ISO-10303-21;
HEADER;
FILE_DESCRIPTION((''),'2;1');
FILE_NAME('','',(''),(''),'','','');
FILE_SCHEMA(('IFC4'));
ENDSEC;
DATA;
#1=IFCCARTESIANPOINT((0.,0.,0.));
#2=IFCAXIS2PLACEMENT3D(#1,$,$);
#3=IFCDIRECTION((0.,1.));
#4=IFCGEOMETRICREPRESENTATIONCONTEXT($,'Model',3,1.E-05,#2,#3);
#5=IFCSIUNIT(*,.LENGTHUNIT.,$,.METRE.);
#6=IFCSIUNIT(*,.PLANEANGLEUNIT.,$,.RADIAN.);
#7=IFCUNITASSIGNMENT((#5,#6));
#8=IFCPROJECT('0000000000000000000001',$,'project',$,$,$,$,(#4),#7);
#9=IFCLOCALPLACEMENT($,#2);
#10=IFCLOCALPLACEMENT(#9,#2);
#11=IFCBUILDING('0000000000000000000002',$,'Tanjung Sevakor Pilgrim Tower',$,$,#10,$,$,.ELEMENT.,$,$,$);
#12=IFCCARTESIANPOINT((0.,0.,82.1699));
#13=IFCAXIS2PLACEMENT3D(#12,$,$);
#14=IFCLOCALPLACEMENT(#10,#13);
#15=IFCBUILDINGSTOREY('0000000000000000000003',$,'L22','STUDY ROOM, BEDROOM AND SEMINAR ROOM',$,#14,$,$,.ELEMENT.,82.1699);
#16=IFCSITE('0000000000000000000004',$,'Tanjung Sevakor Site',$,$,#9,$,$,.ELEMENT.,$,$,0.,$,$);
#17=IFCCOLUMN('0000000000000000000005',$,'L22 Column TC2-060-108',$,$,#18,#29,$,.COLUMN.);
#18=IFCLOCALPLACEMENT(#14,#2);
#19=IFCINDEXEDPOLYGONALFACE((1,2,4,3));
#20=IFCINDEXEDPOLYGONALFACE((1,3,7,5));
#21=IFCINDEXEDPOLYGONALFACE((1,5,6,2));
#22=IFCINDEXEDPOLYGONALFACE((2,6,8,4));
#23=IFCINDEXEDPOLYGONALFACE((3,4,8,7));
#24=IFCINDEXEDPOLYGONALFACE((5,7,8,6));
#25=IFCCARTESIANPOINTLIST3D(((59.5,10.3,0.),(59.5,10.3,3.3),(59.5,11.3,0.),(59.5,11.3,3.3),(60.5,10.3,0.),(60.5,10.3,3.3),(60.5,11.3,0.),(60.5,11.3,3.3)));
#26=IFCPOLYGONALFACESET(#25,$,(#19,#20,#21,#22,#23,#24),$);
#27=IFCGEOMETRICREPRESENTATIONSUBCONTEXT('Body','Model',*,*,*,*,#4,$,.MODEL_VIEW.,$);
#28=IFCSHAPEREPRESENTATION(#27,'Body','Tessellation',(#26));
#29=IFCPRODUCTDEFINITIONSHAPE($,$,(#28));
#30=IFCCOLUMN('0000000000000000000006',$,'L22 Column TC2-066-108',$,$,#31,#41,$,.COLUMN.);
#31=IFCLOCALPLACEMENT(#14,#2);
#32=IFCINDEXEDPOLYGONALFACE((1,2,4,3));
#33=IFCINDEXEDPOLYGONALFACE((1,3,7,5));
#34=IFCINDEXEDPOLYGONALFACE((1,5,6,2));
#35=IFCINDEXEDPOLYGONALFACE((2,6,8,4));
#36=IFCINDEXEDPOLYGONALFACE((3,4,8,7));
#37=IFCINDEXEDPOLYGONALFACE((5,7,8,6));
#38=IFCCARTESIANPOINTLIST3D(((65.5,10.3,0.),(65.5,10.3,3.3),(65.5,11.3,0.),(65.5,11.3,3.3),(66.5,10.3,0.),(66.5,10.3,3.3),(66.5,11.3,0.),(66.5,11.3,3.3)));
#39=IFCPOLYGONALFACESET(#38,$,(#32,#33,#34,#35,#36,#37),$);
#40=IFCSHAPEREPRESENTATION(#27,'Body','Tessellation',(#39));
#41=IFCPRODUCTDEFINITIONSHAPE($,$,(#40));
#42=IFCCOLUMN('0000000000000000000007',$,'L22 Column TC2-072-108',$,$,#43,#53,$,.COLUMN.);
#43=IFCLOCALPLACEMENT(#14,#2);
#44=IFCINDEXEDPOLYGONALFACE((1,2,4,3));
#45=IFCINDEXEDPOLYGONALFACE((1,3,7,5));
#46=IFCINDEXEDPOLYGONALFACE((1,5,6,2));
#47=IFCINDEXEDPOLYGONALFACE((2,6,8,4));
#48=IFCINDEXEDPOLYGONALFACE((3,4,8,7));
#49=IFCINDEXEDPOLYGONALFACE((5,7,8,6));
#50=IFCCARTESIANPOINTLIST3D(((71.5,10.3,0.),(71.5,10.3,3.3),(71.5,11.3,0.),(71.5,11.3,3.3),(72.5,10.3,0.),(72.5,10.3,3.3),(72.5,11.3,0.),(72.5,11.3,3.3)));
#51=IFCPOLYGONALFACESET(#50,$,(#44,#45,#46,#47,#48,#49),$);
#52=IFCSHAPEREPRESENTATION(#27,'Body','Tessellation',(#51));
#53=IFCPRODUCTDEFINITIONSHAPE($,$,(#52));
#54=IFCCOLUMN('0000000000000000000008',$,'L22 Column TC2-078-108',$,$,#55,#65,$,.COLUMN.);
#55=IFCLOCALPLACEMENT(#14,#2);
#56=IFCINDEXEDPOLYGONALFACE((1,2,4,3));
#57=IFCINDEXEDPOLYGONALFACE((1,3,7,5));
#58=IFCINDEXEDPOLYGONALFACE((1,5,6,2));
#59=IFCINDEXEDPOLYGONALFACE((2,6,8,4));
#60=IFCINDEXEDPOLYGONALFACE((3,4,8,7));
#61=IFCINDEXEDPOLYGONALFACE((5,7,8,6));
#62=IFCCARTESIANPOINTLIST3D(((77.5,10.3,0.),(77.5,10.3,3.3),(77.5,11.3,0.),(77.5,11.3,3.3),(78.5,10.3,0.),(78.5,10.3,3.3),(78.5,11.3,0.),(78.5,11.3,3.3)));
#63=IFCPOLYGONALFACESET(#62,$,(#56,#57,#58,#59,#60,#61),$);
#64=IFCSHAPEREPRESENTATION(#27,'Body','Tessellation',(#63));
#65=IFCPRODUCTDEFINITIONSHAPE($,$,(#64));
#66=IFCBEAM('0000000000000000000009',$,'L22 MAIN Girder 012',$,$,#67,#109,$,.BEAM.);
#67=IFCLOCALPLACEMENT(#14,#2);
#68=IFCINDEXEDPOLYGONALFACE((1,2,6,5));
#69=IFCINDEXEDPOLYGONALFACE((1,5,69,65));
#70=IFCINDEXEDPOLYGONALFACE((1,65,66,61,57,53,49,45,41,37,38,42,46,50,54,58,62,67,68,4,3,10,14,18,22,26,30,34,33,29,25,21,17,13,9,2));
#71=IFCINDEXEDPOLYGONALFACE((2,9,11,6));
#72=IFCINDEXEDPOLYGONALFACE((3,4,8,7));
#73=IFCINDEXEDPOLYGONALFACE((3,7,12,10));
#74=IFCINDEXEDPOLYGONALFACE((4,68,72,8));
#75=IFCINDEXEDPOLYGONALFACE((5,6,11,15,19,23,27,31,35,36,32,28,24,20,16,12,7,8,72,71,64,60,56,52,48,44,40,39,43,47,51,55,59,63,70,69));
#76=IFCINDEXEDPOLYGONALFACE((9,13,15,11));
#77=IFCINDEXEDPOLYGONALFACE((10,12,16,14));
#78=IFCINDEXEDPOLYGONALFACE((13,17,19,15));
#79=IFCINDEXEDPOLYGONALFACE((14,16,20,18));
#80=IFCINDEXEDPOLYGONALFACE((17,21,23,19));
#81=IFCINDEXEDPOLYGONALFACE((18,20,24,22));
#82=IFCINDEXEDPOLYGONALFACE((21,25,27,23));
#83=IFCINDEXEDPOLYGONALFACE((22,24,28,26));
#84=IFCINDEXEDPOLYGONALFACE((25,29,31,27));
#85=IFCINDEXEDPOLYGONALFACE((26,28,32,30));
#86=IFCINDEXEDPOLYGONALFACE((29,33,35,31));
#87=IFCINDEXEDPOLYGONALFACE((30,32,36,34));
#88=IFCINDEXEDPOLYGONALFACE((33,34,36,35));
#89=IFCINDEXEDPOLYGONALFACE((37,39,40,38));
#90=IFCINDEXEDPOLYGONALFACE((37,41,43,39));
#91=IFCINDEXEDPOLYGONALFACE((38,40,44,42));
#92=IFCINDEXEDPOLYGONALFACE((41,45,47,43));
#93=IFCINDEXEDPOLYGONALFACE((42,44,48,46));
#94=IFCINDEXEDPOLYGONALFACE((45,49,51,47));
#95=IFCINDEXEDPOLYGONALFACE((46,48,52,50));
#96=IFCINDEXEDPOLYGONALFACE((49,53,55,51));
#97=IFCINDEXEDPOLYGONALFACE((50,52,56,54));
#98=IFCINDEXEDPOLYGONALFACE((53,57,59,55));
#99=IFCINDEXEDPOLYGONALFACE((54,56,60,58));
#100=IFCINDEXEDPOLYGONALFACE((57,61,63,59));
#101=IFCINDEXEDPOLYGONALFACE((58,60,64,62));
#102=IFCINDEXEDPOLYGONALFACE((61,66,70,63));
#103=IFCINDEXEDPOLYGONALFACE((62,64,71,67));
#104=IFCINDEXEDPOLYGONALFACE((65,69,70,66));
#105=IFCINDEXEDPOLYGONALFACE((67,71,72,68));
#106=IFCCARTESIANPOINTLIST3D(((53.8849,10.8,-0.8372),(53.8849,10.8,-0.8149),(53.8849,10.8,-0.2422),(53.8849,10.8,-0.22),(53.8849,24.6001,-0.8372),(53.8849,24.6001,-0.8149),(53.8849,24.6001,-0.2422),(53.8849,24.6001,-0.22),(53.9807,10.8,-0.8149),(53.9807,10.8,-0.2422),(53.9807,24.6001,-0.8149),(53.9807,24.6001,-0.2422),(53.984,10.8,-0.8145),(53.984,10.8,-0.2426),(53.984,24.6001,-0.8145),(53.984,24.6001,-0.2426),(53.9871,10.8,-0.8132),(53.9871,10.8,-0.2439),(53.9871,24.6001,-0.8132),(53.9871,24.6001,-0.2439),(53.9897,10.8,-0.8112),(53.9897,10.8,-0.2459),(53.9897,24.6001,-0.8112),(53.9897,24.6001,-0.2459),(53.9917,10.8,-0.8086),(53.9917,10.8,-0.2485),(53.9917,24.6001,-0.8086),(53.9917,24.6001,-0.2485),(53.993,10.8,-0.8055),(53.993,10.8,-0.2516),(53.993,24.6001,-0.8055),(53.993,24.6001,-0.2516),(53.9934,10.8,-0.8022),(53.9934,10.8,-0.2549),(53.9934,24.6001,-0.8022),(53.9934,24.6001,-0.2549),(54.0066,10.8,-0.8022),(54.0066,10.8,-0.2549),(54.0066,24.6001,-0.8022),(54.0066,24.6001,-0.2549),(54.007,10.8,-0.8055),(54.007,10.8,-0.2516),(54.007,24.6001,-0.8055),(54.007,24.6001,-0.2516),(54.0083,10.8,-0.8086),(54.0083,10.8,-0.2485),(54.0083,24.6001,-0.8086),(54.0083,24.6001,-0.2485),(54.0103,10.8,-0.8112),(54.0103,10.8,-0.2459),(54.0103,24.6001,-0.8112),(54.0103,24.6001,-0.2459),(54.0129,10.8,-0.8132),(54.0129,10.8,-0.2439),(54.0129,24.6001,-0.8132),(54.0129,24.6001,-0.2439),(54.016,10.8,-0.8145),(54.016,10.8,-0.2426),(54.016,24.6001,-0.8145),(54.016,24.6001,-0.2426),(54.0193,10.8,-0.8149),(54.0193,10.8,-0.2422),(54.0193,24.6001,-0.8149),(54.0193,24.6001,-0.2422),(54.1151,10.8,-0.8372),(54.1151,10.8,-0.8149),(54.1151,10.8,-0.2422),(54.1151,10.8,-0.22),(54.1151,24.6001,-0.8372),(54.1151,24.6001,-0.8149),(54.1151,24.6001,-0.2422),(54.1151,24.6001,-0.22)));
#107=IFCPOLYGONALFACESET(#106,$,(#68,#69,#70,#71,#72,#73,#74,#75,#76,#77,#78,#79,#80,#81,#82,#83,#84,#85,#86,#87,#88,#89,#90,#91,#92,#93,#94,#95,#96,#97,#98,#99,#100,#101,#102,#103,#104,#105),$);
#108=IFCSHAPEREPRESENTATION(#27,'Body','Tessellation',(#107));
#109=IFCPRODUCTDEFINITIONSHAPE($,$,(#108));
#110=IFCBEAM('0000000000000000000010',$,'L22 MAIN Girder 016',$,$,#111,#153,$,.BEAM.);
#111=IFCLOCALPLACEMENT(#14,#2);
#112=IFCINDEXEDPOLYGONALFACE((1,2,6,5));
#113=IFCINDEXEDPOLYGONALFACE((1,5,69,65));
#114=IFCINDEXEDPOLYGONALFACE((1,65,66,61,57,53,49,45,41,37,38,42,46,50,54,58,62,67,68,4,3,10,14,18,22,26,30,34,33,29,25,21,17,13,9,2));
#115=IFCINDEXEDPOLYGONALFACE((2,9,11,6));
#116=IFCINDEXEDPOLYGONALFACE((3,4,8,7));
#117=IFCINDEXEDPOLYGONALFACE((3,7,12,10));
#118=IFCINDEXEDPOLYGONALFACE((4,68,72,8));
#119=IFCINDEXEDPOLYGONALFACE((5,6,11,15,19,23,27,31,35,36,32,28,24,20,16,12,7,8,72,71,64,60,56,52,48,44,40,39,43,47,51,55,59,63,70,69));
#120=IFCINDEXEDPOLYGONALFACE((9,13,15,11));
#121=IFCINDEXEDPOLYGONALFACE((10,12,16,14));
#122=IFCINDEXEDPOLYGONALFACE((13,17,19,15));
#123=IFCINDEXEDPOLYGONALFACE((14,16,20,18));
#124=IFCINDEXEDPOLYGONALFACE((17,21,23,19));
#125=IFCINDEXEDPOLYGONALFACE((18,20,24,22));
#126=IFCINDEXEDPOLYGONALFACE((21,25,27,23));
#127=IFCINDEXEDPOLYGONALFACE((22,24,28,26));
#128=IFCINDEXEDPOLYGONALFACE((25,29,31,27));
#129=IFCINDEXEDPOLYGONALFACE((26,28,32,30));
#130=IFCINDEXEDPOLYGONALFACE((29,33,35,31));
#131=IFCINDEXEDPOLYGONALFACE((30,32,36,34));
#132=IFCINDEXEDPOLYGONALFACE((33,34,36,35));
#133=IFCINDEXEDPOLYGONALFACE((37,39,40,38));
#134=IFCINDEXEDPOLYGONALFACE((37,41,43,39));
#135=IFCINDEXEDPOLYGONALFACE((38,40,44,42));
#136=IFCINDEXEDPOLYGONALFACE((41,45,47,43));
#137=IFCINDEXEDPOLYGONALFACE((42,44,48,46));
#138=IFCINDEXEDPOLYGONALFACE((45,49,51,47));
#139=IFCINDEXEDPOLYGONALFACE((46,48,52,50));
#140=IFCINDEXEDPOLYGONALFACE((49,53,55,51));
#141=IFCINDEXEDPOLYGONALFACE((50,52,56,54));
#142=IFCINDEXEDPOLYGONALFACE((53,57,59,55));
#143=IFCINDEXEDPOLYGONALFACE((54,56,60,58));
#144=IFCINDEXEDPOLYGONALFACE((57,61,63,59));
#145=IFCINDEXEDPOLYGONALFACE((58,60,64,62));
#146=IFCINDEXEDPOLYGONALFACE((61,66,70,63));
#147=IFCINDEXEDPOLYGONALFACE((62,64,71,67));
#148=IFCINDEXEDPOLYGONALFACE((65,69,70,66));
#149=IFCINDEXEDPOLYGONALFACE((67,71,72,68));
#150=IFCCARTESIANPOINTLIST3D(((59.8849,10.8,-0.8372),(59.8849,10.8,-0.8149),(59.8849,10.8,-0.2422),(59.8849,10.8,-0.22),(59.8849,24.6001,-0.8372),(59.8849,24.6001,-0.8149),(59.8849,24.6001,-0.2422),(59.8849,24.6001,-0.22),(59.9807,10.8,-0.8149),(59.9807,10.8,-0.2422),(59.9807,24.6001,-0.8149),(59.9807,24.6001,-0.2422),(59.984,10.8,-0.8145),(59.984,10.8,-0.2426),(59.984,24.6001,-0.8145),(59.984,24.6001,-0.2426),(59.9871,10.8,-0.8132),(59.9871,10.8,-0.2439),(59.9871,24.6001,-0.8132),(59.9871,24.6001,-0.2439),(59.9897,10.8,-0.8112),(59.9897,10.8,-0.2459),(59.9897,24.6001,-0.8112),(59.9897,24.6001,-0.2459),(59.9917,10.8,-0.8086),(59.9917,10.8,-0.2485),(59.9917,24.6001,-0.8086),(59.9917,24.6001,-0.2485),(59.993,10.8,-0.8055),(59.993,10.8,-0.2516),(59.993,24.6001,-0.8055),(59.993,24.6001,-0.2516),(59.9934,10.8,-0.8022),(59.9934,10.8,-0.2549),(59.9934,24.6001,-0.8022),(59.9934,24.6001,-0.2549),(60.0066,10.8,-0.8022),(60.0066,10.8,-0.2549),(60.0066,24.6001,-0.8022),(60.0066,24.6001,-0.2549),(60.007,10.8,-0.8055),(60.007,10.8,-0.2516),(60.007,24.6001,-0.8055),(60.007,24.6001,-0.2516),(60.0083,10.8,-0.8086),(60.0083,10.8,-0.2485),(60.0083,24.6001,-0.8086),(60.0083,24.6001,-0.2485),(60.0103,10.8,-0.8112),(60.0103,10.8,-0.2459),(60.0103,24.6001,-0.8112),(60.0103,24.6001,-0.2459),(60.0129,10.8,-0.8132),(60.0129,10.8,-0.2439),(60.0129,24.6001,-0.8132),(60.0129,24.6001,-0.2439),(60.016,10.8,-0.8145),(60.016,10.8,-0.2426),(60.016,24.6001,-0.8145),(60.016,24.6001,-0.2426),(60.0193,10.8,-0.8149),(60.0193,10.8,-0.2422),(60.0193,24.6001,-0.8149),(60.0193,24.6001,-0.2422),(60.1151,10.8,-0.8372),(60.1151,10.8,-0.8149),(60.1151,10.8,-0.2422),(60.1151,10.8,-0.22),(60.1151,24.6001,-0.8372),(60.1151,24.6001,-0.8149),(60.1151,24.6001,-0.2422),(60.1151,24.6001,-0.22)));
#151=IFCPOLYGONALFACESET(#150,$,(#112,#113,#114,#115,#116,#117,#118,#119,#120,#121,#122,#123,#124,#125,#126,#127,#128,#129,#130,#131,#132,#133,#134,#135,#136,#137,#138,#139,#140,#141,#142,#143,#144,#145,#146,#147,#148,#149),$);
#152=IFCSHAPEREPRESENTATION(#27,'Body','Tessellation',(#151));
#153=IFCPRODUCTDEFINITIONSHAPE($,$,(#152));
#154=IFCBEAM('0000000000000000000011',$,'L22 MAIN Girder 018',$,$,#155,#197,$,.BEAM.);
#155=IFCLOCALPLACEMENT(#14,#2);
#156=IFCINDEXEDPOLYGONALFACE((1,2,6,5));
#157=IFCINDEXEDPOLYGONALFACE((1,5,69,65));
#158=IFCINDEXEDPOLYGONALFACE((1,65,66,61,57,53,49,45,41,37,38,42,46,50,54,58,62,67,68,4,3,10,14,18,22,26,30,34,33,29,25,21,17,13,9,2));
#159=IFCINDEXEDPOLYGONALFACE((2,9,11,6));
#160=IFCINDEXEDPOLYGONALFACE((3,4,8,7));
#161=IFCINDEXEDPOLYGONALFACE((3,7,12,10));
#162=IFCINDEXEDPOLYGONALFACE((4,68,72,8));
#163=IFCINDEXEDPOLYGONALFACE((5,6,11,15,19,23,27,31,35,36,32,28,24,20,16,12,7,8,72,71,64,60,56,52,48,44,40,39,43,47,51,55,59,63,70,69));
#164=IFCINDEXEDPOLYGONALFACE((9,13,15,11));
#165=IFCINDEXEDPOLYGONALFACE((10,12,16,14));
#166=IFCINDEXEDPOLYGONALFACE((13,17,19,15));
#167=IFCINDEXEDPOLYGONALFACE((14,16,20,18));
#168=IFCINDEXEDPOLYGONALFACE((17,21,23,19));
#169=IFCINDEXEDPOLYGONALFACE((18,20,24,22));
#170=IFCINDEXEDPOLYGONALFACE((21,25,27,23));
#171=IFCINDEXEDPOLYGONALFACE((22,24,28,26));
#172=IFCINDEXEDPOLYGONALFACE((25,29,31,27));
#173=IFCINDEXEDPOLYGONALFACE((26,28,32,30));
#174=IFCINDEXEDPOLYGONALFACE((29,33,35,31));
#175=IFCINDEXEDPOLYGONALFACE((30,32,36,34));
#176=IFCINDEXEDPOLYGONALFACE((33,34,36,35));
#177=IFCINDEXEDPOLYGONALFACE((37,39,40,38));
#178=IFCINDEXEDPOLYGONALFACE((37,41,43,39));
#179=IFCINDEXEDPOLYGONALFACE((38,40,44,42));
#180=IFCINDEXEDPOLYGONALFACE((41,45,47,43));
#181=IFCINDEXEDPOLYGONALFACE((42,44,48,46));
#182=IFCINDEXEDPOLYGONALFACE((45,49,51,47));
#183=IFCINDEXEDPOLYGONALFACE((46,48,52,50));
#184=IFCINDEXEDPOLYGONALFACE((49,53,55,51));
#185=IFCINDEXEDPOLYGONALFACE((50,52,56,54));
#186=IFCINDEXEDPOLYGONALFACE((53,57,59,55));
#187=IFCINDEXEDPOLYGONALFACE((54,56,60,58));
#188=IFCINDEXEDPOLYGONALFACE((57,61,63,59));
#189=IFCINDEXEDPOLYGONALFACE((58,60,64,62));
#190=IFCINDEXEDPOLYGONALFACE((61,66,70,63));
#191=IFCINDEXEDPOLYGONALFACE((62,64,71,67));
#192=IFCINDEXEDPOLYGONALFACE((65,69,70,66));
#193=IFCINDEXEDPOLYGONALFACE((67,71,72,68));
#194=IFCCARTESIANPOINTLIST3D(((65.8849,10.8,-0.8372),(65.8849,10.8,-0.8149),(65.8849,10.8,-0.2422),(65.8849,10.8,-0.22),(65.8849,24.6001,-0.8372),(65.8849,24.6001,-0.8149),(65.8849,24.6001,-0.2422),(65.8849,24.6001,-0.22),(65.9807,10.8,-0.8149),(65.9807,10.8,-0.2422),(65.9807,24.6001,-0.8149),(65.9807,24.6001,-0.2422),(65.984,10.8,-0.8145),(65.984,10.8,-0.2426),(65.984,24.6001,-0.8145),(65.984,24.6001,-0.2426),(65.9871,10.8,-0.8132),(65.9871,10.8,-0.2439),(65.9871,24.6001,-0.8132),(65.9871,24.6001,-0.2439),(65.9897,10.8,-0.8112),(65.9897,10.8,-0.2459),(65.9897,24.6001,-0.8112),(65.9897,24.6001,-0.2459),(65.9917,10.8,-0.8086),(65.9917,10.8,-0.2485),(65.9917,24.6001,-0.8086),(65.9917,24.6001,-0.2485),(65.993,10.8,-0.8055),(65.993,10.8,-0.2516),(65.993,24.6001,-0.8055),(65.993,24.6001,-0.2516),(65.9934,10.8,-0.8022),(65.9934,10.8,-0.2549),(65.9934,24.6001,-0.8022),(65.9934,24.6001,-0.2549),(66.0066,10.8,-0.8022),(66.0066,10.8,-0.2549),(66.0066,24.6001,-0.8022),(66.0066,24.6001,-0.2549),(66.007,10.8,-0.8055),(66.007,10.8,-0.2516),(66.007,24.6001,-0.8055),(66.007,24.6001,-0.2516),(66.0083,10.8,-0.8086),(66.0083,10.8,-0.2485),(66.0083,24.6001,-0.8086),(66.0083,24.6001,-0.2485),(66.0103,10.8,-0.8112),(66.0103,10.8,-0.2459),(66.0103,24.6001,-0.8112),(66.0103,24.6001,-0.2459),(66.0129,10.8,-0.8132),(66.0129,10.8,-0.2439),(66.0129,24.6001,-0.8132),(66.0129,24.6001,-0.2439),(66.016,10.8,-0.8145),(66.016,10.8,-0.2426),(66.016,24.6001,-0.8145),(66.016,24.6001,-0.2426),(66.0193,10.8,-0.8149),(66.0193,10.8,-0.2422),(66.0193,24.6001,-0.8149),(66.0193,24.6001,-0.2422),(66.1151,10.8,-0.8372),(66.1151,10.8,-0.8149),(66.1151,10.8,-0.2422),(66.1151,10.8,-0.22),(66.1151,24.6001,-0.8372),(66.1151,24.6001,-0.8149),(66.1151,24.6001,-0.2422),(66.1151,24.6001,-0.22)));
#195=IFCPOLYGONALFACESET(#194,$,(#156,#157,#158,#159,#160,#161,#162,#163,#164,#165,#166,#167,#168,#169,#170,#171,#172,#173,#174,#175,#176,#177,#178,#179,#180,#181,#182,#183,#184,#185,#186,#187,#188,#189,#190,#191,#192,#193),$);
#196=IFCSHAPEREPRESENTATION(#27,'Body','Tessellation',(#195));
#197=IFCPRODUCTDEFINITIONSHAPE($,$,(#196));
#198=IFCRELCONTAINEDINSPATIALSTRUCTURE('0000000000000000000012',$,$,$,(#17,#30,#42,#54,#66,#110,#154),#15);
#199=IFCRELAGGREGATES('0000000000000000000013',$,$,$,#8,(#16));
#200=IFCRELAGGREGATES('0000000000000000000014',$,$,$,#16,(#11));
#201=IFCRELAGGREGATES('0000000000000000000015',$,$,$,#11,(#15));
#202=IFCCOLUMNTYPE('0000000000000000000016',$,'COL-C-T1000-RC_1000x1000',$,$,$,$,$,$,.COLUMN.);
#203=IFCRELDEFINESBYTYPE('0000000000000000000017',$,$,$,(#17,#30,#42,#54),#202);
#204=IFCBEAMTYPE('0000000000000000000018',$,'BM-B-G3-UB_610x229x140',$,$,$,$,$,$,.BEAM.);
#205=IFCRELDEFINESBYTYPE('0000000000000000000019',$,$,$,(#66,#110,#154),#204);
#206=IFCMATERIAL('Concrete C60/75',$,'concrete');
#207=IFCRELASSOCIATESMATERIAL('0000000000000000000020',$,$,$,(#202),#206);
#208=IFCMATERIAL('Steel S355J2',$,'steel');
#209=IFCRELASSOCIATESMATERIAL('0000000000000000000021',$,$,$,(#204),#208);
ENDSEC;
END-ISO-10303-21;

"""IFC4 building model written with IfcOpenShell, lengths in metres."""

from ifc_helpers import new_model, si_unit, direction, frame, origin, origin_2d, place, context, subcontext, project, spatial, rectangle, i_section, extrude, material, material_profile, profile_set, type_object, element, save


model = new_model("IFC4")

# Units and contexts
model_context = context("Model", 3, precision=1e-05, world=origin(), true_north=direction((0.0, 1.0)))
body_context = subcontext(model_context, "Body", "Model", "MODEL_VIEW")
ifc_project = project(units=[si_unit("LENGTHUNIT", "METRE"), si_unit("PLANEANGLEUNIT", "RADIAN")], contexts=[model_context])

# Site, building, storey
site_placement = place(None, origin())
site = spatial("IfcSite", under=ifc_project, at=site_placement, Name="Tanjung Sevakor Site", CompositionType="ELEMENT", RefElevation=0.0)
building_placement = place(site_placement, origin())
building = spatial("IfcBuilding", under=site, at=building_placement, Name="Tanjung Sevakor Pilgrim Tower", CompositionType="ELEMENT")
storey_placement = place(building_placement, frame((0.0, 0.0, 82.1699)))
storey = spatial("IfcBuildingStorey", under=building, at=storey_placement, Name="L22", Description="STUDY ROOM, BEDROOM AND SEMINAR ROOM", CompositionType="ELEMENT", Elevation=82.1699)

# Columns
ifc_material_1 = material(Name="Concrete C60/75", Category="concrete")
ifc_material_profile_1 = material_profile(ifc_material_1, rectangle(XDim=1.0, YDim=1.0, at=origin_2d()))
ifc_profile_set_1 = profile_set([ifc_material_profile_1], Name="Concrete C60/75")
column_type = type_object("IfcColumnType", Name="COL-C-T1000-RC_1000x1000", PredefinedType="COLUMN", material=ifc_profile_set_1)
for number, where, z_axis, x_axis, name in (
    (1, (60.0, 10.8, 0.0), (0.0, 0.0, 1.0), (1.0, 0.0, 0.0), "L22 Column TC2-060-108"),
    (2, (66.0, 10.8, 0.0), (0.0, 0.0, 1.0), (1.0, 0.0, 0.0), "L22 Column TC2-066-108"),
    (3, (72.0, 10.8, 0.0), (0.0, 0.0, 1.0), (1.0, 0.0, 0.0), "L22 Column TC2-072-108"),
    (4, (78.0, 10.8, 0.0), (0.0, 0.0, 1.0), (1.0, 0.0, 0.0), "L22 Column TC2-078-108"),
):
    element("IfcColumn", number, at=place(storey_placement, frame(where, z_axis=z_axis, x_axis=x_axis)), inside=storey, type_object=column_type, Name=name, PredefinedType="COLUMN", context=body_context, shape_type="SweptSolid", body=[
        extrude(rectangle(XDim=1.0, YDim=1.0, at=origin_2d()), origin(), (0.0, 0.0, 1.0), 3.3),
    ])

# Beams
ifc_material_2 = material(Name="Steel S355J2", Category="steel")
ifc_material_profile_2 = material_profile(ifc_material_2, i_section(OverallWidth=0.2302, OverallDepth=0.6172, WebThickness=0.0132, FlangeThickness=0.0222, FilletRadius=0.0127, at=origin_2d()))
ifc_profile_set_2 = profile_set([ifc_material_profile_2], Name="Steel S355J2")
beam_type_1 = type_object("IfcBeamType", Name="BM-B-G3-UB_610x229x140", PredefinedType="BEAM", material=ifc_profile_set_2)
for number, where, z_axis, x_axis, name in (
    (5, (54.0, 10.8, -0.5286), (0.0, 1.0, 0.0), (-1.0, 0.0, 0.0), "L22 MAIN Girder 012"),
    (6, (60.0, 10.8, -0.5286), (0.0, 1.0, 0.0), (-1.0, 0.0, 0.0), "L22 MAIN Girder 016"),
    (7, (66.0, 10.8, -0.5286), (0.0, 1.0, 0.0), (-1.0, 0.0, 0.0), "L22 MAIN Girder 018"),
):
    element("IfcBeam", number, at=place(storey_placement, frame(where, z_axis=z_axis, x_axis=x_axis)), inside=storey, type_object=beam_type_1, Name=name, PredefinedType="BEAM", context=body_context, shape_type="SweptSolid", body=[
        extrude(i_section(OverallWidth=0.2302, OverallDepth=0.6172, WebThickness=0.0132, FlangeThickness=0.0222, FilletRadius=0.0127, at=origin_2d()), origin(), (0.0, 0.0, 1.0), 13.8),
    ])

save(model, "model.ifc")
